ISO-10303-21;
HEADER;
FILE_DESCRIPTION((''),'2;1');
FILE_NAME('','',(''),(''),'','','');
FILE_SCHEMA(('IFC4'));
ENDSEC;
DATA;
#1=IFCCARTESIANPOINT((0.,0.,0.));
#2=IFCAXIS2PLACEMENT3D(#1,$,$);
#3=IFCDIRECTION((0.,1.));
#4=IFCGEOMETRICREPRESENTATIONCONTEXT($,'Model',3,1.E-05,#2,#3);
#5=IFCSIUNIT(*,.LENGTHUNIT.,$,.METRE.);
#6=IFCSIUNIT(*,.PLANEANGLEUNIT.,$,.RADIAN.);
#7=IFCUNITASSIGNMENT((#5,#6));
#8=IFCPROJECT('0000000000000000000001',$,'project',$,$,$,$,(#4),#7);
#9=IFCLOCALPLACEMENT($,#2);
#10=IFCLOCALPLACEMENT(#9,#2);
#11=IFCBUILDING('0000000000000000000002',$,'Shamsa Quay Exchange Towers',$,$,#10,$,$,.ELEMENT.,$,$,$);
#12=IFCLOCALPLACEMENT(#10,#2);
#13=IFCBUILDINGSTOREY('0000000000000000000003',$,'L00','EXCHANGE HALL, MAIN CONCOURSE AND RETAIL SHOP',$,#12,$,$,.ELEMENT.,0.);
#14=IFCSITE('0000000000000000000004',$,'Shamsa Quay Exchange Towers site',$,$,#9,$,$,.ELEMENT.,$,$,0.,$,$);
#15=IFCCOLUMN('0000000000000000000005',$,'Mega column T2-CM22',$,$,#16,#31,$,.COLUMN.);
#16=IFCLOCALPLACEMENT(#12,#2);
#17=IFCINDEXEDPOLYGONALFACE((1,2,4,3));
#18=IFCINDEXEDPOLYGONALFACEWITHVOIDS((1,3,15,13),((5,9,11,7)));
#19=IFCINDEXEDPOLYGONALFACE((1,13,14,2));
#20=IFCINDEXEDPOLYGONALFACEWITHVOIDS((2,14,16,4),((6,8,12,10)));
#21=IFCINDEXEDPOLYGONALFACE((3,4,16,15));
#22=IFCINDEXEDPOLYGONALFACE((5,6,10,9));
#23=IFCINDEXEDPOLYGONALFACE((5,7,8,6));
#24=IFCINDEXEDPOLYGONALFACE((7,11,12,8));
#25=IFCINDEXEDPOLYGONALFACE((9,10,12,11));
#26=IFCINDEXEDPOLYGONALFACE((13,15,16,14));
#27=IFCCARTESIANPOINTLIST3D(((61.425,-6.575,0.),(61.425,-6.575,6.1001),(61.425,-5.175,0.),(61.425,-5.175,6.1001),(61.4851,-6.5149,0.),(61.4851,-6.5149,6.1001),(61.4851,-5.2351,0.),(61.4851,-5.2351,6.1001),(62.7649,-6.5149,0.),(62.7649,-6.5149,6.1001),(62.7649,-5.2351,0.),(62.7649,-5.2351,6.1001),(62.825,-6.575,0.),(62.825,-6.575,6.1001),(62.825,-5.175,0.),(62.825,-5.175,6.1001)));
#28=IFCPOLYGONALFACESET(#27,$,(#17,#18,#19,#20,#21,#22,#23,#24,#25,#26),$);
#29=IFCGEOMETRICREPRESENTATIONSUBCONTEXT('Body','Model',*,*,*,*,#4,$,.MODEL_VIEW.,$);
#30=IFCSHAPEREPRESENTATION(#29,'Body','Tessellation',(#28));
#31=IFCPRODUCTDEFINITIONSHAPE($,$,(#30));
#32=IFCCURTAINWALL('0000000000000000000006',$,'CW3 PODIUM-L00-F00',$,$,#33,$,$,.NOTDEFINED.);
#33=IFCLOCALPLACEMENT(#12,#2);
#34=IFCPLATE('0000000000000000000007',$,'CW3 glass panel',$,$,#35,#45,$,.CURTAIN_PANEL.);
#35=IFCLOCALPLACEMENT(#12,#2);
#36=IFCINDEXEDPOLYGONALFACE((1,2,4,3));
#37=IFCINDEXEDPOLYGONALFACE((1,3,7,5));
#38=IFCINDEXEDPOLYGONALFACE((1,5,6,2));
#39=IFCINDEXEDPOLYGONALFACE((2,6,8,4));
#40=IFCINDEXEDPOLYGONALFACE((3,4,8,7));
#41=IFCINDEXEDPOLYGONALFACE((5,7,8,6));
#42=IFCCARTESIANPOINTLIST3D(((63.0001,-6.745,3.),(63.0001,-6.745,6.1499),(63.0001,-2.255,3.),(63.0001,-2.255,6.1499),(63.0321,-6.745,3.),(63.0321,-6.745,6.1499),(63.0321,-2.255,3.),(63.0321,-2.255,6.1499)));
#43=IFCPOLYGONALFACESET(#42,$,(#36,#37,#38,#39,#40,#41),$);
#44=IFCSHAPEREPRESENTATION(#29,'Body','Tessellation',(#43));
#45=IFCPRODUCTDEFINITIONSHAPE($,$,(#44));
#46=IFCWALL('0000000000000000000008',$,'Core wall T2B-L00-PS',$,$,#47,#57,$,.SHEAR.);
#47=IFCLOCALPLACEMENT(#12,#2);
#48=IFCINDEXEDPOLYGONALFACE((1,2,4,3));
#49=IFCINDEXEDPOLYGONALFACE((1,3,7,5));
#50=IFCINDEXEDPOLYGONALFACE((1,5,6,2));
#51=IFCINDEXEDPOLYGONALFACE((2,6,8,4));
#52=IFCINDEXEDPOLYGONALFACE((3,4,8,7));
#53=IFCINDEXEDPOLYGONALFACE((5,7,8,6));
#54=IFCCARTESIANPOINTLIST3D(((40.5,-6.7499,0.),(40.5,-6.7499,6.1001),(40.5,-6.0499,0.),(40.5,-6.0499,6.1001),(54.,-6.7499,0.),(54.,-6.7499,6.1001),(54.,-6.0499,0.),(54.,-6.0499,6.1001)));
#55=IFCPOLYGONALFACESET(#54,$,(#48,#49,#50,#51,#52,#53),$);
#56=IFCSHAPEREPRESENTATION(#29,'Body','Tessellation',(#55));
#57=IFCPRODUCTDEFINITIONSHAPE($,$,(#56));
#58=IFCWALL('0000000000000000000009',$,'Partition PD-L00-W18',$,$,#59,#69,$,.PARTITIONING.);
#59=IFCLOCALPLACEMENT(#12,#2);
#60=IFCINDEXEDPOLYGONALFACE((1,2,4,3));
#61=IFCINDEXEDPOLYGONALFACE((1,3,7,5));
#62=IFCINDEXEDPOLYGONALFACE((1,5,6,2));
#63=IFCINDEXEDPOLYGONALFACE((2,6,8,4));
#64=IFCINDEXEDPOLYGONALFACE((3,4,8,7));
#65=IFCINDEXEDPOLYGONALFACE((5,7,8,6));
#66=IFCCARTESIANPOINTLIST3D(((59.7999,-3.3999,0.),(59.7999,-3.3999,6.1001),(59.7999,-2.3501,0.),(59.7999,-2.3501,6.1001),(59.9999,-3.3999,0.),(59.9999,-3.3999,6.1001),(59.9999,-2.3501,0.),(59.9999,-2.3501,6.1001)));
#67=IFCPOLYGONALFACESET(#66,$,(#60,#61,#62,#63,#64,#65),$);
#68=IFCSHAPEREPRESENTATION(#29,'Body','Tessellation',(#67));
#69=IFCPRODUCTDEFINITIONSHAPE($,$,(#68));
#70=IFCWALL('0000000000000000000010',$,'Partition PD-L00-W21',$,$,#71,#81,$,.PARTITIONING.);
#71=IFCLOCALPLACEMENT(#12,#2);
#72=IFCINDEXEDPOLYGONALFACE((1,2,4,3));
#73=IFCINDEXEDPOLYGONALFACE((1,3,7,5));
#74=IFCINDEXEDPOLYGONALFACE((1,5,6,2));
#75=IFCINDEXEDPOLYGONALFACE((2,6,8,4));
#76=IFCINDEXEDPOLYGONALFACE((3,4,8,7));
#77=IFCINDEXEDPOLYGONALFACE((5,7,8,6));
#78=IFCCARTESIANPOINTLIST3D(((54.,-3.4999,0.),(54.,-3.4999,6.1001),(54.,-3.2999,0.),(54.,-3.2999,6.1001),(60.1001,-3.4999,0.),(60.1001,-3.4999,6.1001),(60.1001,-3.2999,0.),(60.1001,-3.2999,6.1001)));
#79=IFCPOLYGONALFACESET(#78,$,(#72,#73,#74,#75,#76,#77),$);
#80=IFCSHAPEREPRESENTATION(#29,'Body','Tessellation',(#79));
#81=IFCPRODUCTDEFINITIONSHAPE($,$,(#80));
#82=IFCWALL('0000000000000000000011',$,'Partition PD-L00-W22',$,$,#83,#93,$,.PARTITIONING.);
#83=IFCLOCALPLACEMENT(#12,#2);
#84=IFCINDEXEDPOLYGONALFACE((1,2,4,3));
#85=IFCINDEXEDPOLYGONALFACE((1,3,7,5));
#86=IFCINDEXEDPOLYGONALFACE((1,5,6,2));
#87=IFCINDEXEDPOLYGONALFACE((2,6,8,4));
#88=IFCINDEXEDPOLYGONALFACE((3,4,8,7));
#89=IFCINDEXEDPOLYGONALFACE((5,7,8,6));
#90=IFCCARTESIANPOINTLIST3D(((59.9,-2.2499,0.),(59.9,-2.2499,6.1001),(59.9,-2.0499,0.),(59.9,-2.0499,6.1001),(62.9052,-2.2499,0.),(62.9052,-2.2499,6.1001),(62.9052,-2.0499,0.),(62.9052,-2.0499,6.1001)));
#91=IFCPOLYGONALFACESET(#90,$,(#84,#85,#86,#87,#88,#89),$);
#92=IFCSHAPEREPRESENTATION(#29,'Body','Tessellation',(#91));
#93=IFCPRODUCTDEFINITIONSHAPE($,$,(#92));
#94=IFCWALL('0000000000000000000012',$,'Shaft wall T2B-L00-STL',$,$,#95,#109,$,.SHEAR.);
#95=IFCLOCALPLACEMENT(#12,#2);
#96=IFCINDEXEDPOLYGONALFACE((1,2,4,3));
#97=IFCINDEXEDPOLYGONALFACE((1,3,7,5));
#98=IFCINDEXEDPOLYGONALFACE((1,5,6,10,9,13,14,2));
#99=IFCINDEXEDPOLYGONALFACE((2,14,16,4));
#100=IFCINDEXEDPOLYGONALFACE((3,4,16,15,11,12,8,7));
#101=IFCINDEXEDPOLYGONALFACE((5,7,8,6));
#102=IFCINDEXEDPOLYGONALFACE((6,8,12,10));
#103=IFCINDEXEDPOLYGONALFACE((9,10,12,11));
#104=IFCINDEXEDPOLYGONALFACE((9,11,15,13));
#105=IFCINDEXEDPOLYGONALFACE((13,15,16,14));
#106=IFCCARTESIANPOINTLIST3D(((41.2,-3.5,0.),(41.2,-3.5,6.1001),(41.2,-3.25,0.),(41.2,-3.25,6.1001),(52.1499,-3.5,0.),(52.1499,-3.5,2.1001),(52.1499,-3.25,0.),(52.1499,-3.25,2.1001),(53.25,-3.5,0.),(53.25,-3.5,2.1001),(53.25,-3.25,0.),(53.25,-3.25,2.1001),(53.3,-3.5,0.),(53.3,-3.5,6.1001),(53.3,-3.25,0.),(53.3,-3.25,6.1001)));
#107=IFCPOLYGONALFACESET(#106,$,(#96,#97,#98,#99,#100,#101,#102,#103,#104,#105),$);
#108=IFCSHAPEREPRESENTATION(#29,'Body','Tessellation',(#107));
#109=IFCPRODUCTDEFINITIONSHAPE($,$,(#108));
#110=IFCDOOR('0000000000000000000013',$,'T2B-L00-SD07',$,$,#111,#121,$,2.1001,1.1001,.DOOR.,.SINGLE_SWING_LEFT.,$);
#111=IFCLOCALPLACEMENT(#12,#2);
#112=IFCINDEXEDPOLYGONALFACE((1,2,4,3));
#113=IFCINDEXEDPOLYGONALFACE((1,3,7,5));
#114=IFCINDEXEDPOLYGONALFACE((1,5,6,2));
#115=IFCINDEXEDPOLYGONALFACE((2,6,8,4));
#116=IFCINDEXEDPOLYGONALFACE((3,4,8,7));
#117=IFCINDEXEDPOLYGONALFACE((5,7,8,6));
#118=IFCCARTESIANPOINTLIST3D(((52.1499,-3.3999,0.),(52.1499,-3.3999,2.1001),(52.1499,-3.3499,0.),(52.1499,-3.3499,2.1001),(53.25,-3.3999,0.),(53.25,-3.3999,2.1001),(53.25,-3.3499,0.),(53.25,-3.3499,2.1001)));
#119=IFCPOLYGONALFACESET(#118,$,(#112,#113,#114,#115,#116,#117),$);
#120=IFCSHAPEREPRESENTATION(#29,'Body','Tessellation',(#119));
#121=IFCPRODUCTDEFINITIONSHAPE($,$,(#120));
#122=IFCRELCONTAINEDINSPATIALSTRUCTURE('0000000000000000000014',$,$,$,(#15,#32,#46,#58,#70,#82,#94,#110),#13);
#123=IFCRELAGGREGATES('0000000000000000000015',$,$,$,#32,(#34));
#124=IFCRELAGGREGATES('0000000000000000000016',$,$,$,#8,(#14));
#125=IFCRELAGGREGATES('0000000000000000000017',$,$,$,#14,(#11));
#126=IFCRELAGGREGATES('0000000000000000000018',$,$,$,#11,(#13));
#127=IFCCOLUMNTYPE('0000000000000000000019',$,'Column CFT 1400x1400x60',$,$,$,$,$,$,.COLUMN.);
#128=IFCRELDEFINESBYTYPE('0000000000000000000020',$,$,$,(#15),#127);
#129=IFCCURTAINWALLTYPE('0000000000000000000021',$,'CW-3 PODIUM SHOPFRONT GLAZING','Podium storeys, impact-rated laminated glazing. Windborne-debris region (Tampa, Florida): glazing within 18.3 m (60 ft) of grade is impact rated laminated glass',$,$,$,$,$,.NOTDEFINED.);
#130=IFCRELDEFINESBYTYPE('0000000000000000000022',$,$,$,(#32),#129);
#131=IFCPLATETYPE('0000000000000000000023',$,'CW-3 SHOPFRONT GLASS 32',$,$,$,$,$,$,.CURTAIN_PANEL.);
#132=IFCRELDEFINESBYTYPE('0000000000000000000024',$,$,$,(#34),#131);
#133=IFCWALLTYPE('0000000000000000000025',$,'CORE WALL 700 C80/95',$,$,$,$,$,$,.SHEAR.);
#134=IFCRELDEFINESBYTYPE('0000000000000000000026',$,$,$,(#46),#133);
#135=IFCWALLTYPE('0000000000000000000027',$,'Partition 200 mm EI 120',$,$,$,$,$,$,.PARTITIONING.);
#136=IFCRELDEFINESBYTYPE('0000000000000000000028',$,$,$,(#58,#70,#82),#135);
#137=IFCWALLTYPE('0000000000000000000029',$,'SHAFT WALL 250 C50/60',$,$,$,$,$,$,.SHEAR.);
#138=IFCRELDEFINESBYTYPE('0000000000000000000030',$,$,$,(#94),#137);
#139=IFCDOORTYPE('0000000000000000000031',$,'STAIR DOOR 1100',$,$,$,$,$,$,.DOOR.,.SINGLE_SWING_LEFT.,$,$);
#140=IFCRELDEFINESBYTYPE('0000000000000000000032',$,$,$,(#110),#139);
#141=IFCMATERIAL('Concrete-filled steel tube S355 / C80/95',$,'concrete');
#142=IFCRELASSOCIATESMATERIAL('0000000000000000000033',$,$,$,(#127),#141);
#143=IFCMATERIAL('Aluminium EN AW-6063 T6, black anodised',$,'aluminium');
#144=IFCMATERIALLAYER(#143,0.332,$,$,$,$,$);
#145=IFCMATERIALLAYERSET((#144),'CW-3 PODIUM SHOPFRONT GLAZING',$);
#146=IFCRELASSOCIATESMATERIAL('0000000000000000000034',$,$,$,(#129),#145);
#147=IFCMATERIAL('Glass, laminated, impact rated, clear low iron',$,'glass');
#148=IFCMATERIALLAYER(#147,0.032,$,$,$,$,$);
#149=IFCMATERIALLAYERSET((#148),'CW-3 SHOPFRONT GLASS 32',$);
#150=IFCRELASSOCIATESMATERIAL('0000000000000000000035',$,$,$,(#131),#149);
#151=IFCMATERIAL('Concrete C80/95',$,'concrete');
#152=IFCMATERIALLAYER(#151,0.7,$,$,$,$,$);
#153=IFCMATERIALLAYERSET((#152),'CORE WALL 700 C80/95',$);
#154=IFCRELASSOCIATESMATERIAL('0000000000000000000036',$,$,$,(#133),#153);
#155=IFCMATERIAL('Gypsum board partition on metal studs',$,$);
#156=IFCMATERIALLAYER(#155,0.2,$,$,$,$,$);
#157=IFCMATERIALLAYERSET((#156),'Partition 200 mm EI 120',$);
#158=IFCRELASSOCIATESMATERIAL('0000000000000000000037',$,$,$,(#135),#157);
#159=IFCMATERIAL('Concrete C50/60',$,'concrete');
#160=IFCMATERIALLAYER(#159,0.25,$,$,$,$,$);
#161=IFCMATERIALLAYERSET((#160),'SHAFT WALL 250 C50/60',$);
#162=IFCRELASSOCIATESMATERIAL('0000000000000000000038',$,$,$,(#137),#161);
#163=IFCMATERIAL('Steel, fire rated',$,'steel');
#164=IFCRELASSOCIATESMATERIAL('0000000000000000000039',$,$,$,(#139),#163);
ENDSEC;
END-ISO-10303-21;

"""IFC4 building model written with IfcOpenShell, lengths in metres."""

from ifc_helpers import new_model, si_unit, direction, frame, frame_2d, origin, origin_2d, place, context, subcontext, project, spatial, rectangle, hollow_rectangle, extrude, material, layer, layer_set, material_profile, profile_set, type_object, element, fill, aggregate, save


model = new_model("IFC4")

# Units and contexts
model_context = context("Model", 3, precision=1e-05, world=origin(), true_north=direction((0.0, 1.0)))
body_context = subcontext(model_context, "Body", "Model", "MODEL_VIEW")
ifc_project = project(units=[si_unit("LENGTHUNIT", "METRE"), si_unit("PLANEANGLEUNIT", "RADIAN")], contexts=[model_context])

# Site, building, storey
site_placement = place(None, origin())
site = spatial("IfcSite", under=ifc_project, at=site_placement, Name="Shamsa Quay Exchange Towers site", CompositionType="ELEMENT", RefElevation=0.0)
building_placement = place(site_placement, origin())
building = spatial("IfcBuilding", under=site, at=building_placement, Name="Shamsa Quay Exchange Towers", CompositionType="ELEMENT")
storey_placement = place(building_placement, origin())
storey = spatial("IfcBuildingStorey", under=building, at=storey_placement, Name="L00", Description="EXCHANGE HALL, MAIN CONCOURSE AND RETAIL SHOP", CompositionType="ELEMENT", Elevation=0.0)

# Column
ifc_material_1 = material(Name="Concrete-filled steel tube S355 / C80/95", Category="concrete")
ifc_material_profile_1 = material_profile(ifc_material_1, hollow_rectangle(XDim=1.3999, YDim=1.3999, WallThickness=0.0601, at=origin_2d()), Name="CFT 1400x1400x60")
ifc_profile_set_1 = profile_set([ifc_material_profile_1], Name="Concrete-filled steel tube S355 / C80/95")
column_type = type_object("IfcColumnType", Name="Column CFT 1400x1400x60", PredefinedType="COLUMN", material=ifc_profile_set_1)
for number, where, name in (
    (1, (62.125, -5.875, 0.0), "Mega column T2-CM22"),
):
    element("IfcColumn", number, at=place(storey_placement, frame(where)), inside=storey, type_object=column_type, Name=name, PredefinedType="COLUMN", context=body_context, shape_type="SweptSolid", body=[
        extrude(hollow_rectangle(XDim=1.3999, YDim=1.3999, WallThickness=0.0601, at=origin_2d()), origin(), (0.0, 0.0, 1.0), 6.1001),
    ])

# Curtain wall, plate
ifc_material_2 = material(Name="Aluminium EN AW-6063 T6, black anodised", Category="aluminium")
ifc_layer_1 = layer(ifc_material_2, 0.332)
ifc_layer_set_1 = layer_set([ifc_layer_1], Name="CW-3 PODIUM SHOPFRONT GLAZING")
curtain_wall_type = type_object("IfcCurtainWallType", Name="CW-3 PODIUM SHOPFRONT GLAZING", Description="Podium storeys, impact-rated laminated glazing. Windborne-debris region (Tampa, Florida): glazing within 18.3 m (60 ft) of grade is impact rated laminated glass", PredefinedType="NOTDEFINED", material=ifc_layer_set_1)
curtain_wall_placement = place(storey_placement, origin())
curtain_wall = element("IfcCurtainWall", 2, at=curtain_wall_placement, inside=storey, type_object=curtain_wall_type, Name="CW3 PODIUM-L00-F00", PredefinedType="NOTDEFINED")
ifc_material_3 = material(Name="Glass, laminated, impact rated, clear low iron", Category="glass")
ifc_layer_2 = layer(ifc_material_3, 0.032)
ifc_layer_set_2 = layer_set([ifc_layer_2], Name="CW-3 SHOPFRONT GLASS 32")
plate_type = type_object("IfcPlateType", Name="CW-3 SHOPFRONT GLASS 32", PredefinedType="CURTAIN_PANEL", material=ifc_layer_set_2)
plate_placement = place(storey_placement, frame((63.0161, -4.5, 3.0), z_axis=(0.0, 0.0, 1.0), x_axis=(0.0, 1.0, 0.0)))
plate = element("IfcPlate", 3, at=plate_placement, type_object=plate_type, Name="CW3 glass panel", PredefinedType="CURTAIN_PANEL", context=body_context, shape_type="SweptSolid", body=[
    extrude(rectangle(XDim=4.49, YDim=0.032, at=origin_2d()), origin(), (0.0, 0.0, 1.0), 3.1499),
])
aggregate(curtain_wall, [plate])

# Wall
ifc_material_4 = material(Name="Concrete C80/95", Category="concrete")
ifc_layer_3 = layer(ifc_material_4, 0.7)
ifc_layer_set_3 = layer_set([ifc_layer_3], Name="CORE WALL 700 C80/95")
wall_type_1 = type_object("IfcWallType", Name="CORE WALL 700 C80/95", PredefinedType="SHEAR", material=ifc_layer_set_3)
wall_1_placement = place(storey_placement, frame((54.0, -6.3999, 0.0), z_axis=(0.0, 0.0, 1.0), x_axis=(-1.0, 0.0, 0.0)))
element("IfcWall", 4, at=wall_1_placement, inside=storey, type_object=wall_type_1, Name="Core wall T2B-L00-PS", PredefinedType="SHEAR", context=body_context, shape_type="SweptSolid", body=[
    extrude(rectangle(XDim=13.5, YDim=0.7, at=frame_2d((6.75, 0.0))), origin(), (0.0, 0.0, 1.0), 6.1001),
])

# Shared definitions
ifc_material_5 = material(Name="Steel, fire rated", Category="steel")

# Walls
ifc_material_6 = material(Name="Gypsum board partition on metal studs")
ifc_layer_4 = layer(ifc_material_6, 0.2)
ifc_layer_set_4 = layer_set([ifc_layer_4], Name="Partition 200 mm EI 120")
wall_type_2 = type_object("IfcWallType", Name="Partition 200 mm EI 120", PredefinedType="PARTITIONING", material=ifc_layer_set_4)
wall_2_placement = place(storey_placement, frame((59.8999, -2.3501, 0.0), z_axis=(0.0, 0.0, 1.0), x_axis=(0.0, -1.0, 0.0)))
element("IfcWall", 5, at=wall_2_placement, inside=storey, type_object=wall_type_2, Name="Partition PD-L00-W18", PredefinedType="PARTITIONING", context=body_context, shape_type="SweptSolid", body=[
    extrude(rectangle(XDim=1.0498, YDim=0.2, at=frame_2d((0.5249, 0.0))), origin(), (0.0, 0.0, 1.0), 6.1001),
])
wall_3_placement = place(storey_placement, frame((60.1001, -3.3999, 0.0), z_axis=(0.0, 0.0, 1.0), x_axis=(-1.0, 0.0, 0.0)))
element("IfcWall", 6, at=wall_3_placement, inside=storey, type_object=wall_type_2, Name="Partition PD-L00-W21", PredefinedType="PARTITIONING", context=body_context, shape_type="SweptSolid", body=[
    extrude(rectangle(XDim=6.1001, YDim=0.2, at=frame_2d((3.05, 0.0))), origin(), (0.0, 0.0, 1.0), 6.1001),
])
wall_4_placement = place(storey_placement, frame((62.905, -2.1499, 0.0), z_axis=(0.0, 0.0, 1.0), x_axis=(-1.0, 0.0, 0.0)))
element("IfcWall", 7, at=wall_4_placement, inside=storey, type_object=wall_type_2, Name="Partition PD-L00-W22", PredefinedType="PARTITIONING", context=body_context, shape_type="SweptSolid", body=[
    extrude(rectangle(XDim=3.0051, YDim=0.2, at=frame_2d((1.5024, 0.0))), origin(), (0.0, 0.0, 1.0), 6.1001),
])

# Wall, opening, door
ifc_material_7 = material(Name="Concrete C50/60", Category="concrete")
ifc_layer_5 = layer(ifc_material_7, 0.25)
ifc_layer_set_5 = layer_set([ifc_layer_5], Name="SHAFT WALL 250 C50/60")
wall_type_3 = type_object("IfcWallType", Name="SHAFT WALL 250 C50/60", PredefinedType="SHEAR", material=ifc_layer_set_5)
wall_5_placement = place(storey_placement, frame((53.3, -3.375, 0.0), z_axis=(0.0, 0.0, 1.0), x_axis=(-1.0, 0.0, 0.0)))
wall_5 = element("IfcWall", 8, at=wall_5_placement, inside=storey, type_object=wall_type_3, Name="Shaft wall T2B-L00-STL", PredefinedType="SHEAR", context=body_context, shape_type="SweptSolid", body=[
    extrude(rectangle(XDim=12.1001, YDim=0.25, at=frame_2d((6.05, 0.0))), origin(), (0.0, 0.0, 1.0), 6.1001),
])
opening_1_placement = place(wall_5_placement, frame((0.05, 0.0, 0.0)))
opening_1 = element("IfcOpeningElement", 9, at=opening_1_placement, cuts=wall_5, PredefinedType="OPENING", context=body_context, shape_type="SweptSolid", body=[
    extrude(rectangle(XDim=1.1001, YDim=2.1001, at=frame_2d((0.55, 1.05))), frame((0.0, 0.135, 0.0), z_axis=(0.0, -1.0, 0.0), x_axis=(1.0, 0.0, 0.0)), (0.0, 0.0, 1.0), 0.27),
])
door_type_1 = type_object("IfcDoorType", Name="STAIR DOOR 1100", OperationType="SINGLE_SWING_LEFT", PredefinedType="DOOR", material=ifc_material_5)
door_1_placement = place(opening_1_placement, origin())
door_1 = element("IfcDoor", 10, at=door_1_placement, inside=storey, type_object=door_type_1, Name="T2B-L00-SD07", OperationType="SINGLE_SWING_LEFT", OverallHeight=2.1001, OverallWidth=1.1001, PredefinedType="DOOR", context=body_context, shape_type="SweptSolid", body=[
    extrude(rectangle(XDim=1.1001, YDim=2.1001, at=frame_2d((0.55, 1.05))), frame((0.0, 0.0249, 0.0), z_axis=(0.0, -1.0, 0.0), x_axis=(1.0, 0.0, 0.0)), (0.0, 0.0, 1.0), 0.05),
])
fill(opening_1, door_1)

save(model, "model.ifc")
